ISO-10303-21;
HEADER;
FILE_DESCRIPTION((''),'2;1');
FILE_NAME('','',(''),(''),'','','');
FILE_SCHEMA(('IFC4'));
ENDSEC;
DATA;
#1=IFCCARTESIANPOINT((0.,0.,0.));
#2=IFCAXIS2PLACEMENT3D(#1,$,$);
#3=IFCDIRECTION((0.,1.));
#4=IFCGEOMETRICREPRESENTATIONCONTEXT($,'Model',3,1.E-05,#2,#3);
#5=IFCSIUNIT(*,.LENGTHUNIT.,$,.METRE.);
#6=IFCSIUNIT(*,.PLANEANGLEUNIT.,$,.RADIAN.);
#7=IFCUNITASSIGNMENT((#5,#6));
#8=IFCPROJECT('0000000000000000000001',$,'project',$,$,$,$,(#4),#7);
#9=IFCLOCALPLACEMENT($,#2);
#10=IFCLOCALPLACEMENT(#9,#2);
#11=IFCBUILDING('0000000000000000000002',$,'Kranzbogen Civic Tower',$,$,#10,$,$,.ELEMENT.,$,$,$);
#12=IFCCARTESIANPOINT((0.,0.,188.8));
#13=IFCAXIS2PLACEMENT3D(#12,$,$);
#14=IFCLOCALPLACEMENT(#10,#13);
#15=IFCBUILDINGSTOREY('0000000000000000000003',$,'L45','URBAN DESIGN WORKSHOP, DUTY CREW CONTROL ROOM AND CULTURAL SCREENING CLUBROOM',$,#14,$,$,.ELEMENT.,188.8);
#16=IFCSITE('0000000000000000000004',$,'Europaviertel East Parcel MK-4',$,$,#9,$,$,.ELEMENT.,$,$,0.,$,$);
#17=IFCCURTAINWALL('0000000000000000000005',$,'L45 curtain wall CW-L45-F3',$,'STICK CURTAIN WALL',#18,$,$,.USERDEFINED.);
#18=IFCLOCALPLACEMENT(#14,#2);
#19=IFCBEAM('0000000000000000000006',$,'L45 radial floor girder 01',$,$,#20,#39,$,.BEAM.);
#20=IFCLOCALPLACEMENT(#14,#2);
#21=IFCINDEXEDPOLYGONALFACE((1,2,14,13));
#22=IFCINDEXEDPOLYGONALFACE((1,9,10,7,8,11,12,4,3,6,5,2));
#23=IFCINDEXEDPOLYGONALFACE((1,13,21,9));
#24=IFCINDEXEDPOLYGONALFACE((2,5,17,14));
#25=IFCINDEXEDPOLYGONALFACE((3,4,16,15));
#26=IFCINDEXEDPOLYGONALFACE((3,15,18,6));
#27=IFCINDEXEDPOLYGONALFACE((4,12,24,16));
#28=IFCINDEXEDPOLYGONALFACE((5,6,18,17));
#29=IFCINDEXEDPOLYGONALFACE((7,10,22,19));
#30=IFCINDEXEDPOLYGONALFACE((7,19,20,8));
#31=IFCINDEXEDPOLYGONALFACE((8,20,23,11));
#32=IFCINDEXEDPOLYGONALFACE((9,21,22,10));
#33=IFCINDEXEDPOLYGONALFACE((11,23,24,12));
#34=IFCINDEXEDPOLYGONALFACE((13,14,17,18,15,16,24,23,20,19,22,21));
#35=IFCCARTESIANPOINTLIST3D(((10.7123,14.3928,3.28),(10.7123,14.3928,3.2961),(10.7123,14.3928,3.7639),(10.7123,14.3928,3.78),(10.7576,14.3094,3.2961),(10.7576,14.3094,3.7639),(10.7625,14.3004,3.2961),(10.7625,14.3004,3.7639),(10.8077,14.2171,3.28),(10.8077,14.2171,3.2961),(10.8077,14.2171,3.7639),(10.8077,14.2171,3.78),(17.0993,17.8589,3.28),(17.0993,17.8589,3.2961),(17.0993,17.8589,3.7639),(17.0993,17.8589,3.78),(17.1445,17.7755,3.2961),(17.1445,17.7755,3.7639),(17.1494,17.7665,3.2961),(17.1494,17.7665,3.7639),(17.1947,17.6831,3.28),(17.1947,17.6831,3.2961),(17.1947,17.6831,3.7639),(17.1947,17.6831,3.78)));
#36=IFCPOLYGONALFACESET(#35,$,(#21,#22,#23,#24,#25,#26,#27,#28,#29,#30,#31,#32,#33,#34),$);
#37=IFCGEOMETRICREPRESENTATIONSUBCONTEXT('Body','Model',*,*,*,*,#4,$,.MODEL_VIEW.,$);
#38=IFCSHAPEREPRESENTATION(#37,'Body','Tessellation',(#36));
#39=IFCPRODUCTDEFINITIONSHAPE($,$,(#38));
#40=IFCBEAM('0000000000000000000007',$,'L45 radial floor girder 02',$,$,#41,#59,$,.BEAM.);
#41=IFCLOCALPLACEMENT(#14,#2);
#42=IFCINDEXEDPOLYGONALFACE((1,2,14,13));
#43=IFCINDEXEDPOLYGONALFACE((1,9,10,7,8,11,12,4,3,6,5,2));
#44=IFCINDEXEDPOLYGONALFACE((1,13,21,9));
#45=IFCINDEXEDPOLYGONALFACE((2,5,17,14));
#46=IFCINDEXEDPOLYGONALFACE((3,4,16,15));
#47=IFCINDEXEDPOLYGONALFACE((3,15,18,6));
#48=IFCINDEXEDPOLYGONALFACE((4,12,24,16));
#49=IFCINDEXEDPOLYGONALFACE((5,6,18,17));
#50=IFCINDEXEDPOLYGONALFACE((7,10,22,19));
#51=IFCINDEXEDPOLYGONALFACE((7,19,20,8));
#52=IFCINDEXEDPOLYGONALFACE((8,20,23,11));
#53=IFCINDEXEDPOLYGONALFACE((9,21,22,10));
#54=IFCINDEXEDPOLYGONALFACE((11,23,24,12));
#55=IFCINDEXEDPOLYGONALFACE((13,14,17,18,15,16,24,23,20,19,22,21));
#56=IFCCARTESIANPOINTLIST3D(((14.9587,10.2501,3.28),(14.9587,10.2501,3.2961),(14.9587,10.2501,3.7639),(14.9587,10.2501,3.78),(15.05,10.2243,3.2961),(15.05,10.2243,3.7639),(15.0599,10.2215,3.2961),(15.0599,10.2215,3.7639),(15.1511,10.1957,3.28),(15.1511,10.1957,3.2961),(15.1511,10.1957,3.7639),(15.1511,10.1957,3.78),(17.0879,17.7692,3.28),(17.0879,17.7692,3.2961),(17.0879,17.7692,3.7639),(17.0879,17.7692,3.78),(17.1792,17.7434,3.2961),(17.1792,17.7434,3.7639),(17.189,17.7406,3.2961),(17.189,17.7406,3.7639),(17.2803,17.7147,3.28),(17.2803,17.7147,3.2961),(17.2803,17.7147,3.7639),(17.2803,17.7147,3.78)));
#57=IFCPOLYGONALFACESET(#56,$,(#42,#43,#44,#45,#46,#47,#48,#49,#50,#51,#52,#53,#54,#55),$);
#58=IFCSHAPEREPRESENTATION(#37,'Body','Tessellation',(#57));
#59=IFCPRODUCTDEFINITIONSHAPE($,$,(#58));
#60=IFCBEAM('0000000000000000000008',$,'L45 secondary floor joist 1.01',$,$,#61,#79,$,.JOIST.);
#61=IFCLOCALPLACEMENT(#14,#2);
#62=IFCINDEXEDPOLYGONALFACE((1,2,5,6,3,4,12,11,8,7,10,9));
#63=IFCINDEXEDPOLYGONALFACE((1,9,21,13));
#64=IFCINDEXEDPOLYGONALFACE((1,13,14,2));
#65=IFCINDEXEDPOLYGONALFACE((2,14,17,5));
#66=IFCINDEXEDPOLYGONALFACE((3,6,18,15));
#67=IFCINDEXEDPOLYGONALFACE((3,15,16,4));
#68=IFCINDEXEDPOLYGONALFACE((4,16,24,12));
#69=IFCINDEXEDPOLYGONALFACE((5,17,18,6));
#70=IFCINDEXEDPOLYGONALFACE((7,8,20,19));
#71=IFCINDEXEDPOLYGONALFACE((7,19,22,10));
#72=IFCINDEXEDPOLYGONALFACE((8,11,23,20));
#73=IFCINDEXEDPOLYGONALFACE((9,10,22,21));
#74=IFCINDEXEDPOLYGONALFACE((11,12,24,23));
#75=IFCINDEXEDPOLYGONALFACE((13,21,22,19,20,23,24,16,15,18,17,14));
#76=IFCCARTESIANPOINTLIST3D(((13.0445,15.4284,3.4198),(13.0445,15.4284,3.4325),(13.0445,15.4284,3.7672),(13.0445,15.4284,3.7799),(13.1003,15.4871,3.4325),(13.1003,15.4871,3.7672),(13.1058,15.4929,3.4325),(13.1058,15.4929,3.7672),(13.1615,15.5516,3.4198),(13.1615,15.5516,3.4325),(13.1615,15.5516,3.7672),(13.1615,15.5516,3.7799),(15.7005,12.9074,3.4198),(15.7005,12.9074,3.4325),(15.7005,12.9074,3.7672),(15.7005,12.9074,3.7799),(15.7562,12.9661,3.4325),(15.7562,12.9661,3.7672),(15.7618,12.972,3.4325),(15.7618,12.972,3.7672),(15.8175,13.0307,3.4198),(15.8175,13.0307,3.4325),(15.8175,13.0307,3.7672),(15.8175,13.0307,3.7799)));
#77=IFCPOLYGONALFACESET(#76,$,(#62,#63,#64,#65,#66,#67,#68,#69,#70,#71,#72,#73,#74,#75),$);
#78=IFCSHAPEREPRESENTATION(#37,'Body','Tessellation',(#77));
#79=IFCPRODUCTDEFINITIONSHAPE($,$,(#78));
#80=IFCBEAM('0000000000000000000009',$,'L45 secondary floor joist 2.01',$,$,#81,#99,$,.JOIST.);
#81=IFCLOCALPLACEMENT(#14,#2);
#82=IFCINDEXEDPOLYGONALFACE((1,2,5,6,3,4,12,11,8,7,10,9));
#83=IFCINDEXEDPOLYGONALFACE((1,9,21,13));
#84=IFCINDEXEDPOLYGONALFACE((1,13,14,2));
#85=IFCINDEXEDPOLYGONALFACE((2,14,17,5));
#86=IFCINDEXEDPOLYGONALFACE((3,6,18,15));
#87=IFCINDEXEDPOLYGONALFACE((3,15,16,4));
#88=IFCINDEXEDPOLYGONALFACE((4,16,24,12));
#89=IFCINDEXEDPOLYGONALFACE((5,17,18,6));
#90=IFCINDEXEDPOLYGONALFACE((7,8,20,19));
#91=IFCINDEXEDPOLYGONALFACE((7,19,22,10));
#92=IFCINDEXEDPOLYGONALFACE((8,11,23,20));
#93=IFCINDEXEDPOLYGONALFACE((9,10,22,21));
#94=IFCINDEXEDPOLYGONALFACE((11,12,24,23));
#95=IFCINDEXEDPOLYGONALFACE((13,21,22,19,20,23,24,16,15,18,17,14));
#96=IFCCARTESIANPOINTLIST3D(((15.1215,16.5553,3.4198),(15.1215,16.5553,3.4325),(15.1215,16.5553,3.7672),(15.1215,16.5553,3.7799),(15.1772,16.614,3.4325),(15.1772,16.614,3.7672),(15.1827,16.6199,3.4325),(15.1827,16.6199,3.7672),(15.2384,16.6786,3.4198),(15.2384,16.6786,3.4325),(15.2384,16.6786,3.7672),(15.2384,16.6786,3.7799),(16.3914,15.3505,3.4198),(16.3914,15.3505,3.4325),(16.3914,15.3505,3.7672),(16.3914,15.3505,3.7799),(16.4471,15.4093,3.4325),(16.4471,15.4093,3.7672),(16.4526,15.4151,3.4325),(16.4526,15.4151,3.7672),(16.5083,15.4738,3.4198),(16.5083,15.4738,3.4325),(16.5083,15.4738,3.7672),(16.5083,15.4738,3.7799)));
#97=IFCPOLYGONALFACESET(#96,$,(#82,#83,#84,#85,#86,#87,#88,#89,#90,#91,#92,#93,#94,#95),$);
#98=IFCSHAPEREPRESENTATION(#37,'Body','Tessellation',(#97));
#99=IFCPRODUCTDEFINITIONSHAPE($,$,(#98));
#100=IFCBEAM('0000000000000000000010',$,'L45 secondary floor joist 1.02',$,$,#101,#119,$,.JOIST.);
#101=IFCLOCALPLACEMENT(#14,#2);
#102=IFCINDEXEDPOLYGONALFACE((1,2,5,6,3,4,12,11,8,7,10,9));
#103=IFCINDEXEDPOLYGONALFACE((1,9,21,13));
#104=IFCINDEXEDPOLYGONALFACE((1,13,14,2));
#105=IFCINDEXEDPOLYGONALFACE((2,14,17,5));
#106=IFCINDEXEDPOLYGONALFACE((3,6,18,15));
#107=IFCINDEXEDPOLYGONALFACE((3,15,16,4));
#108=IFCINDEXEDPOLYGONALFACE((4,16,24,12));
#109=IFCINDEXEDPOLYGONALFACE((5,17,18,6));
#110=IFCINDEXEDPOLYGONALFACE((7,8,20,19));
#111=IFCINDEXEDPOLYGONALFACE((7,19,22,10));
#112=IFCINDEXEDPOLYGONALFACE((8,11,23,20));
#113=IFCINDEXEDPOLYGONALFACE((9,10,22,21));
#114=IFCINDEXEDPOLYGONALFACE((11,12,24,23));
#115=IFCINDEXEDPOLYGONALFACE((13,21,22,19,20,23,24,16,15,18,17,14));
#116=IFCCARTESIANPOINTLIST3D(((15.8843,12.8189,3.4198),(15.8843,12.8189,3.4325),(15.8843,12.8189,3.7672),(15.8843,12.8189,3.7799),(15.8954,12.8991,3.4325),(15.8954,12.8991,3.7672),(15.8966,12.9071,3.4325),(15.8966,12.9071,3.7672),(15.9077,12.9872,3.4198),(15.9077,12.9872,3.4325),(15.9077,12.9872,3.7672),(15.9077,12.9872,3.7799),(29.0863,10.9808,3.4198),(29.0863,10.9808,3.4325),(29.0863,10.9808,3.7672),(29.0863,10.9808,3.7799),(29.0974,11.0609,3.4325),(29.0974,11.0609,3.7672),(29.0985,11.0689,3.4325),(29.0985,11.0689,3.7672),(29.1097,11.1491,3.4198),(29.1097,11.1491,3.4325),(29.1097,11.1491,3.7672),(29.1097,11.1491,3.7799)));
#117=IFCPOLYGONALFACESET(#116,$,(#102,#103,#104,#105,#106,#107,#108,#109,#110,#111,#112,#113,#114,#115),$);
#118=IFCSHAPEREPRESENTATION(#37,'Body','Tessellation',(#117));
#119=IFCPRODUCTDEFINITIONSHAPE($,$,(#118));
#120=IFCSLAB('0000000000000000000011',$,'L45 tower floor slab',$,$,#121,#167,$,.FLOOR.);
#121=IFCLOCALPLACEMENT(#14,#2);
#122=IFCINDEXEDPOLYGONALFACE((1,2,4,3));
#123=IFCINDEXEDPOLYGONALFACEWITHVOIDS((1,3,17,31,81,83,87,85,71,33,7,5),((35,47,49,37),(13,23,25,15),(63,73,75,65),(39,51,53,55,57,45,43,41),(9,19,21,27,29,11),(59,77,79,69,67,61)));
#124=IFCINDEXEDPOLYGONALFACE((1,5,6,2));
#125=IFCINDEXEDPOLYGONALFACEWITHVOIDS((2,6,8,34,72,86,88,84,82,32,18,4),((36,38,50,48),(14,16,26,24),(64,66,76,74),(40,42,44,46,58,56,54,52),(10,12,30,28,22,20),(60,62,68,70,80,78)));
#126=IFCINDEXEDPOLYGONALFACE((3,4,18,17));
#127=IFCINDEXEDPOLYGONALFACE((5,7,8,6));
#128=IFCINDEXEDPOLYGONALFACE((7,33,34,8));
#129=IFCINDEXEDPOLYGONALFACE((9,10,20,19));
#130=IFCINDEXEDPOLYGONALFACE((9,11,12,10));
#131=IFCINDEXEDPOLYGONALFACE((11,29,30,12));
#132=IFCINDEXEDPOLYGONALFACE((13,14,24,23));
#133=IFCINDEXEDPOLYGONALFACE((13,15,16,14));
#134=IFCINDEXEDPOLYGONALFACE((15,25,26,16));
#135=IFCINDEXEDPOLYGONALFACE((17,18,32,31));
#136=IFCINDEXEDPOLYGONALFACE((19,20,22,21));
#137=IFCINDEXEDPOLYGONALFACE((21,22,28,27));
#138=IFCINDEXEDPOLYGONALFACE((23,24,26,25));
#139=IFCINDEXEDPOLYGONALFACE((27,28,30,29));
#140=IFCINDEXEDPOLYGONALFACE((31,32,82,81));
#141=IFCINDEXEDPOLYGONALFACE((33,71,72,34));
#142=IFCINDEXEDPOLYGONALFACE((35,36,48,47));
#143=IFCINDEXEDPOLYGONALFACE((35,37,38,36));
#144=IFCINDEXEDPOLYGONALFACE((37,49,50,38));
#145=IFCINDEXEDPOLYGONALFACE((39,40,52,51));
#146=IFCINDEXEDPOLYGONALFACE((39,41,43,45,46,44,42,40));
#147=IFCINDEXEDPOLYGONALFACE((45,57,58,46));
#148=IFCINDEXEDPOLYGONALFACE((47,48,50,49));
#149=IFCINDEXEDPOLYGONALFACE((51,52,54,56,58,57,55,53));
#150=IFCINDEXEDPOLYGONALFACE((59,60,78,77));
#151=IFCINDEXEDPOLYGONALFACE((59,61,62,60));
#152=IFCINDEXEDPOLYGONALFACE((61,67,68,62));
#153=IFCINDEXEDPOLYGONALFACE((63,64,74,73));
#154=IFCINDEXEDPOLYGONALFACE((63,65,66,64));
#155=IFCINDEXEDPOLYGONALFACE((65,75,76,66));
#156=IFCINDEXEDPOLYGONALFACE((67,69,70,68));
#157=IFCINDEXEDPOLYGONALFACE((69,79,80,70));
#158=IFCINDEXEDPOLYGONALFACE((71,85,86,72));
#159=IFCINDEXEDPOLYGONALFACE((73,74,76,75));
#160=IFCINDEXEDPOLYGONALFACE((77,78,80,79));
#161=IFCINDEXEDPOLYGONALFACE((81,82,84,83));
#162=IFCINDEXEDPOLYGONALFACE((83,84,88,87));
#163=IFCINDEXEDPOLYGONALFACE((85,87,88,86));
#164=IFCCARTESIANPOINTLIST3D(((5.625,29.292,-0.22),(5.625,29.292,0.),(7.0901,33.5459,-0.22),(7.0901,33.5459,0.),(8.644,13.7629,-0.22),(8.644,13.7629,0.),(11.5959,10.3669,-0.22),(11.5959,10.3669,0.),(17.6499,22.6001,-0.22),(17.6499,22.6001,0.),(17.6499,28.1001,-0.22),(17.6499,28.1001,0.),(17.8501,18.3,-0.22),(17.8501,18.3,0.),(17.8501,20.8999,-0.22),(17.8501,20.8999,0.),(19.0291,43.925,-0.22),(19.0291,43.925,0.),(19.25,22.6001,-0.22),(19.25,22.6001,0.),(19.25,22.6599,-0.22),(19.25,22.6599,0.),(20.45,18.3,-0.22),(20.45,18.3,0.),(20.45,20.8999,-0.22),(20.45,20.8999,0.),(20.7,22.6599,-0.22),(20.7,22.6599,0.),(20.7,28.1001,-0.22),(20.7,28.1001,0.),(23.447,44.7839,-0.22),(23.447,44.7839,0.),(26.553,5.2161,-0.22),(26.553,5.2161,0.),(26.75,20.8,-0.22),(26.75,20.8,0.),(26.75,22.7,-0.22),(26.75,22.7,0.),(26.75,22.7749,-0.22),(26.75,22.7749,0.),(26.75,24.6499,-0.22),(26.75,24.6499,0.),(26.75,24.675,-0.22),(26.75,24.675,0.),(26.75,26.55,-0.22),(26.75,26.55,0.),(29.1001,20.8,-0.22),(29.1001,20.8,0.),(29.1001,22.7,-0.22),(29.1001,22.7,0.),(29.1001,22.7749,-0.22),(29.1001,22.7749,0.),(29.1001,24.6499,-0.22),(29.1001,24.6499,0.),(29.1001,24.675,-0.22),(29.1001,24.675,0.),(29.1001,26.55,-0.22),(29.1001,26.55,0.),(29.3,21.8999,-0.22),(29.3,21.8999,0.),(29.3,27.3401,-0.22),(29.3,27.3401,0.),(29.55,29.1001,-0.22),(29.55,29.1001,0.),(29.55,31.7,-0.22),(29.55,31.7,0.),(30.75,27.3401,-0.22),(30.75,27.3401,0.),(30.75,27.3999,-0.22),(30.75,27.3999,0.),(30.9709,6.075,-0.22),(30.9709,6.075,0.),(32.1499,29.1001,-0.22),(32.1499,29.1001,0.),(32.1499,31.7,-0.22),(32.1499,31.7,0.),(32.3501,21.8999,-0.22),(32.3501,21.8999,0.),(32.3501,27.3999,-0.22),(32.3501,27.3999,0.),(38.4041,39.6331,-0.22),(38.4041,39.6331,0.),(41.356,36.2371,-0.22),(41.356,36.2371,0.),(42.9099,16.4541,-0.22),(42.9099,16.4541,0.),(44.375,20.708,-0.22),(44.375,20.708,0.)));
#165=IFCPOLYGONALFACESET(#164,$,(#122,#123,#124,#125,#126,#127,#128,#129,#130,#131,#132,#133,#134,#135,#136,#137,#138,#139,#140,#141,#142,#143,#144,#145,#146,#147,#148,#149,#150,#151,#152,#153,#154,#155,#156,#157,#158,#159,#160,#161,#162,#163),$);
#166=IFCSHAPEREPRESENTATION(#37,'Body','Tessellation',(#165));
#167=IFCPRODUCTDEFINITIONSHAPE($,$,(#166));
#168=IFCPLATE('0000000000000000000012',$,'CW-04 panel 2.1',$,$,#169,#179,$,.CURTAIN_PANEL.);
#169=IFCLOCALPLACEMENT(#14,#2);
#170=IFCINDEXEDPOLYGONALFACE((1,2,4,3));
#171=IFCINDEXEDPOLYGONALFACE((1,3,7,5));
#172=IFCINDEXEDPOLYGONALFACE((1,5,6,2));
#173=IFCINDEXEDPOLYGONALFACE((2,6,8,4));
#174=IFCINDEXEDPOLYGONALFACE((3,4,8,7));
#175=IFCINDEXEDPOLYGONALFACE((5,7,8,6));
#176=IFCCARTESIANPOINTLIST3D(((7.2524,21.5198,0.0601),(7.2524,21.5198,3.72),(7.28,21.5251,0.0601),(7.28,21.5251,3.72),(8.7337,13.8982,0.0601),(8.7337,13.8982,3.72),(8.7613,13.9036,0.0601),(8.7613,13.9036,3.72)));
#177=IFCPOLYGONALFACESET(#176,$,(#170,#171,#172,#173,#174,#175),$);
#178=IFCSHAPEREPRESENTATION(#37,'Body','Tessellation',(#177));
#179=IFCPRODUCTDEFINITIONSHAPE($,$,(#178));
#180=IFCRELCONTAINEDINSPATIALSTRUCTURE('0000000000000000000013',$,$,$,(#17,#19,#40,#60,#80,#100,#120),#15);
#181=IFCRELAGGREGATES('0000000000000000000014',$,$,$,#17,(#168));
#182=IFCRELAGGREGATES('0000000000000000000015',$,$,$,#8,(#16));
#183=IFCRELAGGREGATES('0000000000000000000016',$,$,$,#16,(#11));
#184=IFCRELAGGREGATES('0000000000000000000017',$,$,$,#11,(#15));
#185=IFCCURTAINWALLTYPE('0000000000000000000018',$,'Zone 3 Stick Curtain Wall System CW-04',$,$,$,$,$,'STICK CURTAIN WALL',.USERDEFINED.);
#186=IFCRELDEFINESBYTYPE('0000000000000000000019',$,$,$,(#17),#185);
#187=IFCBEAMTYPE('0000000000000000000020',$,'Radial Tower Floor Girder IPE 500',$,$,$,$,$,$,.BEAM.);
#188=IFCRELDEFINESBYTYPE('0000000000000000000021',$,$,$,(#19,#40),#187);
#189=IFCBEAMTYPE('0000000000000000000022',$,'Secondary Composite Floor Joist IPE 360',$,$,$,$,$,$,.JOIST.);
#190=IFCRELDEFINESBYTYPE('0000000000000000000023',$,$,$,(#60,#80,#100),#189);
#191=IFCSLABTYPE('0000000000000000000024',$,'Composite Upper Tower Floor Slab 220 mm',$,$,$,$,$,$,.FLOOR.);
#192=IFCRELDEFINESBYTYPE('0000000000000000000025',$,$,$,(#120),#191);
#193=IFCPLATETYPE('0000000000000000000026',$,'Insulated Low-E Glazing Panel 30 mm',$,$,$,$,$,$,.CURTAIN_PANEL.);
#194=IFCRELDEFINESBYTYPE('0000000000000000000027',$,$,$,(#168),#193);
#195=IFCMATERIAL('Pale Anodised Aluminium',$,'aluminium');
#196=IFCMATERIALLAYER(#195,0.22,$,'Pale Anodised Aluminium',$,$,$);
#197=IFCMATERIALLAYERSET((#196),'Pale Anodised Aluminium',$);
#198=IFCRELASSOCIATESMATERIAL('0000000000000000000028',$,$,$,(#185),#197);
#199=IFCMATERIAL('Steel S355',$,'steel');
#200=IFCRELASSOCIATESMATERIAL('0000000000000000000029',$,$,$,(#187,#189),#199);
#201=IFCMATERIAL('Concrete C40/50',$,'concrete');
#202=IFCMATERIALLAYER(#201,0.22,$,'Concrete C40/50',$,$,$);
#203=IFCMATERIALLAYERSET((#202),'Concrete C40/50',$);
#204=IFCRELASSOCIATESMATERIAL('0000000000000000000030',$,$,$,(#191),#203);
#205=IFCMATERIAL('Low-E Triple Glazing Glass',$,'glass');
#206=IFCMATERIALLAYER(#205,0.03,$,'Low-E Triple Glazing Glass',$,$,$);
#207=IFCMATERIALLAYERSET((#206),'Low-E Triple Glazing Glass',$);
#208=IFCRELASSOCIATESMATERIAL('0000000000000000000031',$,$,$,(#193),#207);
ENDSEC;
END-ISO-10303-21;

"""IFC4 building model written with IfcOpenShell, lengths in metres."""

from ifc_helpers import new_model, si_unit, direction, frame, origin, origin_2d, place, context, subcontext, project, spatial, polyline, rectangle, i_section, outline, extrude, material, layer, layer_set, material_profile, profile_set, type_object, element, aggregate, save


model = new_model("IFC4")

# Units and contexts
model_context = context("Model", 3, precision=1e-05, world=origin(), true_north=direction((0.0, 1.0)))
body_context = subcontext(model_context, "Body", "Model", "MODEL_VIEW")
ifc_project = project(units=[si_unit("LENGTHUNIT", "METRE"), si_unit("PLANEANGLEUNIT", "RADIAN")], contexts=[model_context])

# Site, building, storey
site_placement = place(None, origin())
site = spatial("IfcSite", under=ifc_project, at=site_placement, Name="Europaviertel East Parcel MK-4", CompositionType="ELEMENT", RefElevation=0.0)
building_placement = place(site_placement, origin())
building = spatial("IfcBuilding", under=site, at=building_placement, Name="Kranzbogen Civic Tower", CompositionType="ELEMENT")
storey_placement = place(building_placement, frame((0.0, 0.0, 188.8)))
storey = spatial("IfcBuildingStorey", under=building, at=storey_placement, Name="L45", Description="URBAN DESIGN WORKSHOP, DUTY CREW CONTROL ROOM AND CULTURAL SCREENING CLUBROOM", CompositionType="ELEMENT", Elevation=188.8)

# Shared definitions
ifc_material_1 = material(Name="Steel S355", Category="steel")

# Curtain wall
ifc_material_2 = material(Name="Pale Anodised Aluminium", Category="aluminium")
ifc_layer_1 = layer(ifc_material_2, 0.22, Name="Pale Anodised Aluminium")
ifc_layer_set_1 = layer_set([ifc_layer_1], Name="Pale Anodised Aluminium")
curtain_wall_type = type_object("IfcCurtainWallType", Name="Zone 3 Stick Curtain Wall System CW-04", ElementType="STICK CURTAIN WALL", PredefinedType="USERDEFINED", material=ifc_layer_set_1)
curtain_wall_1_placement = place(storey_placement, origin())
curtain_wall_1 = element("IfcCurtainWall", 1, at=curtain_wall_1_placement, inside=storey, type_object=curtain_wall_type, Name="L45 curtain wall CW-L45-F3", ObjectType="STICK CURTAIN WALL", PredefinedType="USERDEFINED")

# Beams
ifc_material_profile_1 = material_profile(ifc_material_1, i_section(OverallWidth=0.2, OverallDepth=0.5, WebThickness=0.0103, FlangeThickness=0.0161, at=origin_2d()), Name="IPE 500")
ifc_profile_set_1 = profile_set([ifc_material_profile_1], Name="Steel S355")
beam_type_1 = type_object("IfcBeamType", Name="Radial Tower Floor Girder IPE 500", PredefinedType="BEAM", material=ifc_profile_set_1)
beam_1_placement = place(storey_placement, frame((10.76, 14.3049, 3.53), z_axis=(0.878919, 0.47697, 0.0), x_axis=(-0.47697, 0.878919, 0.0)))
element("IfcBeam", 2, at=beam_1_placement, inside=storey, type_object=beam_type_1, Name="L45 radial floor girder 01", PredefinedType="BEAM", context=body_context, shape_type="SweptSolid", body=[
    extrude(i_section(OverallWidth=0.2, OverallDepth=0.5, WebThickness=0.0103, FlangeThickness=0.0161, at=origin_2d()), origin(), (0.0, 0.0, 1.0), 7.2668),
])
beam_2_placement = place(storey_placement, frame((15.0549, 10.2229, 3.53), z_axis=(0.272455, 0.962169, 0.0), x_axis=(-0.962169, 0.272455, 0.0)))
element("IfcBeam", 3, at=beam_2_placement, inside=storey, type_object=beam_type_1, Name="L45 radial floor girder 02", PredefinedType="BEAM", context=body_context, shape_type="SweptSolid", body=[
    extrude(i_section(OverallWidth=0.2, OverallDepth=0.5, WebThickness=0.0103, FlangeThickness=0.0161, at=origin_2d()), origin(), (0.0, 0.0, 1.0), 7.8147),
])
ifc_material_profile_2 = material_profile(ifc_material_1, i_section(OverallWidth=0.1699, OverallDepth=0.3601, WebThickness=0.0081, FlangeThickness=0.0127, at=origin_2d()), Name="IPE 360")
ifc_profile_set_2 = profile_set([ifc_material_profile_2], Name="Steel S355")
beam_type_2 = type_object("IfcBeamType", Name="Secondary Composite Floor Joist IPE 360", PredefinedType="JOIST", material=ifc_profile_set_2)
beam_3_placement = place(storey_placement, frame((13.103, 15.49, 3.5999), z_axis=(0.725301, -0.688432, 0.0), x_axis=(0.688432, 0.725301, 0.0)))
element("IfcBeam", 4, at=beam_3_placement, inside=storey, type_object=beam_type_2, Name="L45 secondary floor joist 1.01", PredefinedType="JOIST", context=body_context, shape_type="SweptSolid", body=[
    extrude(i_section(OverallWidth=0.1699, OverallDepth=0.3601, WebThickness=0.0081, FlangeThickness=0.0127, at=origin_2d()), origin(), (0.0, 0.0, 1.0), 3.6619),
])
beam_4_placement = place(storey_placement, frame((15.1799, 16.6169, 3.5999), z_axis=(0.72548, -0.688243, 0.0), x_axis=(0.688243, 0.72548, 0.0)))
element("IfcBeam", 5, at=beam_4_placement, inside=storey, type_object=beam_type_2, Name="L45 secondary floor joist 2.01", PredefinedType="JOIST", context=body_context, shape_type="SweptSolid", body=[
    extrude(i_section(OverallWidth=0.1699, OverallDepth=0.3601, WebThickness=0.0081, FlangeThickness=0.0127, at=origin_2d()), origin(), (0.0, 0.0, 1.0), 1.7505),
])
beam_5_placement = place(storey_placement, frame((15.896, 12.9031, 3.5999), z_axis=(0.990446, -0.137902, 0.0), x_axis=(0.137902, 0.990446, 0.0)))
element("IfcBeam", 6, at=beam_5_placement, inside=storey, type_object=beam_type_2, Name="L45 secondary floor joist 1.02", PredefinedType="JOIST", context=body_context, shape_type="SweptSolid", body=[
    extrude(i_section(OverallWidth=0.1699, OverallDepth=0.3601, WebThickness=0.0081, FlangeThickness=0.0127, at=origin_2d()), origin(), (0.0, 0.0, 1.0), 13.3293),
])

# Slab
ifc_material_3 = material(Name="Concrete C40/50", Category="concrete")
ifc_layer_2 = layer(ifc_material_3, 0.22, Name="Concrete C40/50")
ifc_layer_set_2 = layer_set([ifc_layer_2], Name="Concrete C40/50")
slab_type_1 = type_object("IfcSlabType", Name="Composite Upper Tower Floor Slab 220 mm", PredefinedType="FLOOR", material=ifc_layer_set_2)
slab_1_placement = place(storey_placement, frame((0.0, 0.0, -0.22)))
element("IfcSlab", 7, at=slab_1_placement, inside=storey, type_object=slab_type_1, Name="L45 tower floor slab", PredefinedType="FLOOR", context=body_context, shape_type="SweptSolid", body=[
    extrude(outline(polyline([(38.4041, 39.6331), (23.447, 44.7839), (19.0291, 43.925), (7.0901, 33.5459), (5.625, 29.292), (8.644, 13.7629), (11.5959, 10.3669), (26.553, 5.2161), (30.9709, 6.075), (42.9099, 16.4541), (44.375, 20.708), (41.356, 36.2371), (38.4041, 39.6331)]), holes=[polyline([(17.8501, 20.8999), (20.45, 20.8999), (20.45, 18.3), (17.8501, 18.3), (17.8501, 20.8999)]), polyline([(29.1001, 22.7), (29.1001, 20.8), (26.75, 20.8), (26.75, 22.7), (29.1001, 22.7)]), polyline([(29.1001, 24.6499), (29.1001, 22.7749), (26.75, 22.7749), (26.75, 24.6499), (26.75, 24.675), (26.75, 26.55), (29.1001, 26.55), (29.1001, 24.675), (29.1001, 24.6499)]), polyline([(29.3, 27.3401), (30.75, 27.3401), (30.75, 27.3999), (32.3501, 27.3999), (32.3501, 21.8999), (29.3, 21.8999), (29.3, 27.3401)]), polyline([(20.7, 22.6599), (19.25, 22.6599), (19.25, 22.6001), (17.6499, 22.6001), (17.6499, 28.1001), (20.7, 28.1001), (20.7, 22.6599)]), polyline([(32.1499, 31.7), (32.1499, 29.1001), (29.55, 29.1001), (29.55, 31.7), (32.1499, 31.7)])]), origin(), (0.0, 0.0, 1.0), 0.22),
])

# Plate
ifc_material_4 = material(Name="Low-E Triple Glazing Glass", Category="glass")
ifc_layer_3 = layer(ifc_material_4, 0.03, Name="Low-E Triple Glazing Glass")
ifc_layer_set_3 = layer_set([ifc_layer_3], Name="Low-E Triple Glazing Glass")
plate_type = type_object("IfcPlateType", Name="Insulated Low-E Glazing Panel 30 mm", PredefinedType="CURTAIN_PANEL", material=ifc_layer_set_3)
plate_1_placement = place(storey_placement, frame((8.0068, 17.7117, 0.0601), z_axis=(0.0, 0.0, 1.0), x_axis=(0.190788, -0.981631, 0.0)))
plate_1 = element("IfcPlate", 8, at=plate_1_placement, type_object=plate_type, Name="CW-04 panel 2.1", PredefinedType="CURTAIN_PANEL", context=body_context, shape_type="SweptSolid", body=[
    extrude(rectangle(XDim=7.7642, YDim=0.0281, at=origin_2d()), origin(), (0.0, 0.0, 1.0), 3.6599),
])
aggregate(curtain_wall_1, [plate_1])

save(model, "model.ifc")
